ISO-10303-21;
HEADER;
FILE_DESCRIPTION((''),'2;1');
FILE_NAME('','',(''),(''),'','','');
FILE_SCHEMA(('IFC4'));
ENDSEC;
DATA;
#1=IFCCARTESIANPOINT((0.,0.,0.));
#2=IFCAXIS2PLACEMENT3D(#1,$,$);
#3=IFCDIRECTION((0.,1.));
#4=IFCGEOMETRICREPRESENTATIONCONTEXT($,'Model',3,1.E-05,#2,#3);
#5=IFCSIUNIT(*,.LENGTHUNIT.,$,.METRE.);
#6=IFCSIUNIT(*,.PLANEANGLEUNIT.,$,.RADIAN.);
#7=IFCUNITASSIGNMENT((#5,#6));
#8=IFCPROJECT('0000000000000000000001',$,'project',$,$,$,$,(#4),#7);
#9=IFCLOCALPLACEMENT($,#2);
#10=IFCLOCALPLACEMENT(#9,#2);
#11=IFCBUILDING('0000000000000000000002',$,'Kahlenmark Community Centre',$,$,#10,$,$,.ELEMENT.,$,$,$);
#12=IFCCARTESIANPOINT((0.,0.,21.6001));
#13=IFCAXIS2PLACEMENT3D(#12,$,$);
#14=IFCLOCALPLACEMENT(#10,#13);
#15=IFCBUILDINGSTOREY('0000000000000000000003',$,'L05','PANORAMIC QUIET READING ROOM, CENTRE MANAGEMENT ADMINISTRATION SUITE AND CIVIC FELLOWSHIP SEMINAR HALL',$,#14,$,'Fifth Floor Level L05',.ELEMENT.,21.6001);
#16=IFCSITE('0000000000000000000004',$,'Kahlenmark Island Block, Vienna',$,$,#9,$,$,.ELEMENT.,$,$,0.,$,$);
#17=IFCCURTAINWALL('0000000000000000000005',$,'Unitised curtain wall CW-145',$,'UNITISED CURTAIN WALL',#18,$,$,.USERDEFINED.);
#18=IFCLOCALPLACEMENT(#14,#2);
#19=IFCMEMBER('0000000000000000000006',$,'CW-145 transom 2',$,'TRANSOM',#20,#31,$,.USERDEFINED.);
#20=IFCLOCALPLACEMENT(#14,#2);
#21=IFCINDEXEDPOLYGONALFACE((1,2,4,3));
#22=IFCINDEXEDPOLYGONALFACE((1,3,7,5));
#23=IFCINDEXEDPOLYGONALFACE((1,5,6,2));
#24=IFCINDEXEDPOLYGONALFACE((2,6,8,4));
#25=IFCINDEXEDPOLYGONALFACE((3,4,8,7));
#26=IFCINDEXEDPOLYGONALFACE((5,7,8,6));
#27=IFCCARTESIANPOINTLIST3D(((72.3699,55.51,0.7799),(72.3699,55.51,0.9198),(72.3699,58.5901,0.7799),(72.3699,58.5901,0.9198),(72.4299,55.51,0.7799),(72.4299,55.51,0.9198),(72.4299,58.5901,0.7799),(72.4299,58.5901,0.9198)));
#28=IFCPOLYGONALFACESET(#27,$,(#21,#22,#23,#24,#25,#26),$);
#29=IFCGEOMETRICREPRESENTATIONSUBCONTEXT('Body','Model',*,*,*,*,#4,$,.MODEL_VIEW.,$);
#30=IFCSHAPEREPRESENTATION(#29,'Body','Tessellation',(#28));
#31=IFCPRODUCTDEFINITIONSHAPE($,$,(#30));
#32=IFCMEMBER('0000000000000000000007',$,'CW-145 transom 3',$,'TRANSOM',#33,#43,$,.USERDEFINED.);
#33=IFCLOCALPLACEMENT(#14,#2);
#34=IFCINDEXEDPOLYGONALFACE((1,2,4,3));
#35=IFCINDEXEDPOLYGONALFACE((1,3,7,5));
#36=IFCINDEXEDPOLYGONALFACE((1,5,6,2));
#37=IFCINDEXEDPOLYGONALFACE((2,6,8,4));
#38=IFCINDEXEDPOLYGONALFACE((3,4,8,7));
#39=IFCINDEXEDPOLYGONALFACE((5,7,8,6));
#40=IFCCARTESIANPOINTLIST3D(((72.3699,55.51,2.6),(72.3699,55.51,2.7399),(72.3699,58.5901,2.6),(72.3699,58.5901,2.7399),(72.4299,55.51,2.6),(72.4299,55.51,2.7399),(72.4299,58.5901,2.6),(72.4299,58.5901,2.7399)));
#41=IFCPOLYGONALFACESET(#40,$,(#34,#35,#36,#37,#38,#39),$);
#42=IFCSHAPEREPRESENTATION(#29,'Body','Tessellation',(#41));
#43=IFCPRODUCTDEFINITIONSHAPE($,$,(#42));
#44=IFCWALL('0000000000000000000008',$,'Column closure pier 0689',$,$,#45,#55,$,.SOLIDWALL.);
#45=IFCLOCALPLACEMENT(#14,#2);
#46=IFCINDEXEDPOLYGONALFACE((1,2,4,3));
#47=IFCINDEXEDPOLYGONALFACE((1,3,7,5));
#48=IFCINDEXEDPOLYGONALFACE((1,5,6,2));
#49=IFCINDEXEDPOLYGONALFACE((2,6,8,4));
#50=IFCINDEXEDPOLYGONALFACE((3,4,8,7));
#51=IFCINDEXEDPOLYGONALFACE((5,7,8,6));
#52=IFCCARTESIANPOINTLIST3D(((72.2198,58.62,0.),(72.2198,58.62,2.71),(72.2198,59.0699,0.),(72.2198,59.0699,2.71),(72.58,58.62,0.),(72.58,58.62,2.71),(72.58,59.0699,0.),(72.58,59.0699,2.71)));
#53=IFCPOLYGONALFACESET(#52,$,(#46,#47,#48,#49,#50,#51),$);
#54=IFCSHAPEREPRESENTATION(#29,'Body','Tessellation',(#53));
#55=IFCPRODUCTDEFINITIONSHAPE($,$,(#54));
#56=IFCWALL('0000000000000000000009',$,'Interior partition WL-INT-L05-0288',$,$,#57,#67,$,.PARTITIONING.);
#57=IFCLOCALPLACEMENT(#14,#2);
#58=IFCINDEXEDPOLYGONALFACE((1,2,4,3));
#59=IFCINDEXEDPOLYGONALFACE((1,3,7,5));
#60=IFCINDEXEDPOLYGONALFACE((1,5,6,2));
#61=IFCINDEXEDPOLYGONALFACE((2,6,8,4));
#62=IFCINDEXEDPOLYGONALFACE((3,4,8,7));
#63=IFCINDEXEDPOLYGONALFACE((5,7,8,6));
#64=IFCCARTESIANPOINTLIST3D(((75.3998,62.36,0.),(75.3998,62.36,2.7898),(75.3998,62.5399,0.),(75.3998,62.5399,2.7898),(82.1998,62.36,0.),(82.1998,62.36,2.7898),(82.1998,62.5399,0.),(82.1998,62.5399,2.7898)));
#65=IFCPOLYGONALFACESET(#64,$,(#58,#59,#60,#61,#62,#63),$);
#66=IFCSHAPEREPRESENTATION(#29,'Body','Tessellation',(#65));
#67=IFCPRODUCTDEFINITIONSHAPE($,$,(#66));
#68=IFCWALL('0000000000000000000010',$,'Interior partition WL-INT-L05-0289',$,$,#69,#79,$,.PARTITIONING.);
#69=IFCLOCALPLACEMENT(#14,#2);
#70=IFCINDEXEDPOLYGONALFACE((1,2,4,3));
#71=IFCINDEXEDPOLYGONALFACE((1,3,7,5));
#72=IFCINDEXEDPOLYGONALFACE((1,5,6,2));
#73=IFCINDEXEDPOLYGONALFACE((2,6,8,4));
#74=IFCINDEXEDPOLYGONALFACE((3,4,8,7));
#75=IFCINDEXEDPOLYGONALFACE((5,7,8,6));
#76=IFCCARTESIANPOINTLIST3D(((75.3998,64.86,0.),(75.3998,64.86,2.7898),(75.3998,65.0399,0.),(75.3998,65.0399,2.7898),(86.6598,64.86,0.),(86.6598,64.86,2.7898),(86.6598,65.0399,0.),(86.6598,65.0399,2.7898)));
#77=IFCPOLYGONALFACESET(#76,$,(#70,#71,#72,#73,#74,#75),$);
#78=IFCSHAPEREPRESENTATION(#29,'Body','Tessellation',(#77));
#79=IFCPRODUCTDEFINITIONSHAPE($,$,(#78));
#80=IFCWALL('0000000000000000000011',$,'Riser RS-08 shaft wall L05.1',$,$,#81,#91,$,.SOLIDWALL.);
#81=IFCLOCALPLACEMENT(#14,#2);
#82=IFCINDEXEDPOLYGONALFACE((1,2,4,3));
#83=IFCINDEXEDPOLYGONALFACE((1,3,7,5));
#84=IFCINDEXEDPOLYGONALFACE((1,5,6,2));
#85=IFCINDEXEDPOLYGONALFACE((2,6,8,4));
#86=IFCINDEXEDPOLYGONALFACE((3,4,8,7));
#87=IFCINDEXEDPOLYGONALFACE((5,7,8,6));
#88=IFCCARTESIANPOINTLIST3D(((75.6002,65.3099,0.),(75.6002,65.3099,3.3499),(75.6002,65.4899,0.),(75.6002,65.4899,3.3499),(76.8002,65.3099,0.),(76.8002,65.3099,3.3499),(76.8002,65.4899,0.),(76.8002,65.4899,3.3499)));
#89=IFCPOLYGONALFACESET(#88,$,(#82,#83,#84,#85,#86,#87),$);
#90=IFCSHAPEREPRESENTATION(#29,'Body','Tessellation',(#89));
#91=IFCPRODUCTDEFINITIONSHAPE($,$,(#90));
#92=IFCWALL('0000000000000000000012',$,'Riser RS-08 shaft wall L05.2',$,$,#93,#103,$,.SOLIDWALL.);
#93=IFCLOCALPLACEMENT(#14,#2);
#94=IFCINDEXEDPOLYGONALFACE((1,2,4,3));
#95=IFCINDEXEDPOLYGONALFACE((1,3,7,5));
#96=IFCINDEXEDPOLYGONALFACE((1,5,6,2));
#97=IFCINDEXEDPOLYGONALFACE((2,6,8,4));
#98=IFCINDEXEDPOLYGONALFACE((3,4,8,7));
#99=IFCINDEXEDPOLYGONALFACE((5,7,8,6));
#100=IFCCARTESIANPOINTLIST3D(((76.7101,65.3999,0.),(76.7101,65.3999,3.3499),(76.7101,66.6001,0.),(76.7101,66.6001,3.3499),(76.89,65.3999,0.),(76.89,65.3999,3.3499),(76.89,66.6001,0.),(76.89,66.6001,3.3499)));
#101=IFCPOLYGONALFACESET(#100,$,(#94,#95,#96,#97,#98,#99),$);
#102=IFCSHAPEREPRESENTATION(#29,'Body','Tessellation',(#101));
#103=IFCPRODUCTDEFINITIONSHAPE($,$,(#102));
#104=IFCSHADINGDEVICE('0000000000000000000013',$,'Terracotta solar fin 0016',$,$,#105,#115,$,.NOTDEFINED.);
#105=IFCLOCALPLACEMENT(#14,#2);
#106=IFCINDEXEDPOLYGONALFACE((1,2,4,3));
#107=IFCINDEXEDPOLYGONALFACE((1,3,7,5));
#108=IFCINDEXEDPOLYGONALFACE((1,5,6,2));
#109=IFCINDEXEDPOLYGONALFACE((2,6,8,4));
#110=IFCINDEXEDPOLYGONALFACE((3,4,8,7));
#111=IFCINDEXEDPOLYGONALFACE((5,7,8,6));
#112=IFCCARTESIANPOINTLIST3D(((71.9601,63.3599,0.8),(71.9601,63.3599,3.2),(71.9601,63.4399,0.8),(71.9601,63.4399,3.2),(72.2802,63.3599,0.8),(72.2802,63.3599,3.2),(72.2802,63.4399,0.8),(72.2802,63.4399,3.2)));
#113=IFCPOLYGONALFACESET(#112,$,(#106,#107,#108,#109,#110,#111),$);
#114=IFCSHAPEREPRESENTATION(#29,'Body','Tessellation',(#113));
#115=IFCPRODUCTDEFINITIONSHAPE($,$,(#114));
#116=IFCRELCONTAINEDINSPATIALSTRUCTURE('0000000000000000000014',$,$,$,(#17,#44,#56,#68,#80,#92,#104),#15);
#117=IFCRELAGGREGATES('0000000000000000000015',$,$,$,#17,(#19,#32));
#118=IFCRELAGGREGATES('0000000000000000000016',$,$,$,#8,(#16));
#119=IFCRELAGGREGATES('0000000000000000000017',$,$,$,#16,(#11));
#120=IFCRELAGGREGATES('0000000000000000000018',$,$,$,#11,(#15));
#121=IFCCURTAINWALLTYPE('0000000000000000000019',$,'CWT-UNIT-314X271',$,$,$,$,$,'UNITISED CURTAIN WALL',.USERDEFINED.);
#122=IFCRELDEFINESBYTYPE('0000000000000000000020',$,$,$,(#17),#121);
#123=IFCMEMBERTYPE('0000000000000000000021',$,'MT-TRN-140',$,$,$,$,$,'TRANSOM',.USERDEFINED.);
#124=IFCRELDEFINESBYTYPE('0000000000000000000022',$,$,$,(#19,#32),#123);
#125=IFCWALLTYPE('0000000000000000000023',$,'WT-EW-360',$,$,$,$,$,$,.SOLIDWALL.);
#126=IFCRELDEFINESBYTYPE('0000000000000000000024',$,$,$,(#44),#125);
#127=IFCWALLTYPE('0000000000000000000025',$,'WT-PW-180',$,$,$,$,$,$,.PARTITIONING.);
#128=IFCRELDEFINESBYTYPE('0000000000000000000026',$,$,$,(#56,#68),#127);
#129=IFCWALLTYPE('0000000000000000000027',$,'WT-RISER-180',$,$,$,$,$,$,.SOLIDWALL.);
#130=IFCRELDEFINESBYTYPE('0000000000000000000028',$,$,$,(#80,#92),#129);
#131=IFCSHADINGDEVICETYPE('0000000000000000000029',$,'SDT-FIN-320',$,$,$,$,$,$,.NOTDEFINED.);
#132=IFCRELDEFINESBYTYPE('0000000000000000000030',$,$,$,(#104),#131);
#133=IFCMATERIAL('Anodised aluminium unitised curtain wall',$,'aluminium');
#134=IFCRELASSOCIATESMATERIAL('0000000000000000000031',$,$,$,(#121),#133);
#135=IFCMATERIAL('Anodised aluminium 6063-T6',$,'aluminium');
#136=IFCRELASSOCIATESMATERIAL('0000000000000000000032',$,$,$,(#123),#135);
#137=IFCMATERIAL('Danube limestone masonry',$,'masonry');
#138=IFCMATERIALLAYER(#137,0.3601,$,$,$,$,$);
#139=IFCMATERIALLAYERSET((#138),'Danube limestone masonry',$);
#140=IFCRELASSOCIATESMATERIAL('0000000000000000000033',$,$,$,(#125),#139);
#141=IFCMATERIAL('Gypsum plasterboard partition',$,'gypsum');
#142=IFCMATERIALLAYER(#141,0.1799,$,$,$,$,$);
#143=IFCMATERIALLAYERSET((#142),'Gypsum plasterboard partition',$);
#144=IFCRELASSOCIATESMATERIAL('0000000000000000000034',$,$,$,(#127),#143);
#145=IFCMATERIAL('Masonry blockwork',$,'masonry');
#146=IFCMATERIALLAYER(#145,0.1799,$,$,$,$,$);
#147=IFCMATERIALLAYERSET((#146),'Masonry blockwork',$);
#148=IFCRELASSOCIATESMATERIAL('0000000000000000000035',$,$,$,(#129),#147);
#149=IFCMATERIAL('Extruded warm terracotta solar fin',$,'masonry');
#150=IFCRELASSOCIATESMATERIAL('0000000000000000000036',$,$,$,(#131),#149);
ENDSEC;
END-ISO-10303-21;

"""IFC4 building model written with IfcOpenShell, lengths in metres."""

from ifc_helpers import new_model, si_unit, direction, frame, frame_2d, origin, origin_2d, place, context, subcontext, project, spatial, rectangle, extrude, material, layer, layer_set, material_profile, profile_set, type_object, element, aggregate, save


model = new_model("IFC4")

# Units and contexts
model_context = context("Model", 3, precision=1e-05, world=origin(), true_north=direction((0.0, 1.0)))
body_context = subcontext(model_context, "Body", "Model", "MODEL_VIEW")
ifc_project = project(units=[si_unit("LENGTHUNIT", "METRE"), si_unit("PLANEANGLEUNIT", "RADIAN")], contexts=[model_context])

# Site, building, storey
site_placement = place(None, origin())
site = spatial("IfcSite", under=ifc_project, at=site_placement, Name="Kahlenmark Island Block, Vienna", CompositionType="ELEMENT", RefElevation=0.0)
building_placement = place(site_placement, origin())
building = spatial("IfcBuilding", under=site, at=building_placement, Name="Kahlenmark Community Centre", CompositionType="ELEMENT")
storey_placement = place(building_placement, frame((0.0, 0.0, 21.6001)))
storey = spatial("IfcBuildingStorey", under=building, at=storey_placement, Name="L05", Description="PANORAMIC QUIET READING ROOM, CENTRE MANAGEMENT ADMINISTRATION SUITE AND CIVIC FELLOWSHIP SEMINAR HALL", LongName="Fifth Floor Level L05", CompositionType="ELEMENT", Elevation=21.6001)

# Curtain wall, members
ifc_material_1 = material(Name="Anodised aluminium unitised curtain wall", Category="aluminium")
curtain_wall_type = type_object("IfcCurtainWallType", Name="CWT-UNIT-314X271", ElementType="UNITISED CURTAIN WALL", PredefinedType="USERDEFINED", material=ifc_material_1)
curtain_wall_placement = place(storey_placement, origin())
curtain_wall = element("IfcCurtainWall", 1, at=curtain_wall_placement, inside=storey, type_object=curtain_wall_type, Name="Unitised curtain wall CW-145", ObjectType="UNITISED CURTAIN WALL", PredefinedType="USERDEFINED")
ifc_material_2 = material(Name="Anodised aluminium 6063-T6", Category="aluminium")
ifc_material_profile_1 = material_profile(ifc_material_2, rectangle(XDim=0.0601, YDim=0.1399, at=origin_2d()), Name="ALU TRANSOM 60x140")
ifc_profile_set_1 = profile_set([ifc_material_profile_1], Name="Anodised aluminium 6063-T6")
member_type = type_object("IfcMemberType", Name="MT-TRN-140", ElementType="TRANSOM", PredefinedType="USERDEFINED", material=ifc_profile_set_1)
member_1_placement = place(storey_placement, frame((72.3999, 58.5901, 0.8499), z_axis=(0.0, -1.0, 0.0), x_axis=(1.0, 0.0, 0.0)))
member_1 = element("IfcMember", 2, at=member_1_placement, type_object=member_type, Name="CW-145 transom 2", ObjectType="TRANSOM", PredefinedType="USERDEFINED", context=body_context, shape_type="SweptSolid", body=[
    extrude(rectangle(XDim=0.0601, YDim=0.1399, at=origin_2d()), origin(), (0.0, 0.0, 1.0), 3.0801),
])
member_2_placement = place(storey_placement, frame((72.3999, 58.5901, 2.6699), z_axis=(0.0, -1.0, 0.0), x_axis=(1.0, 0.0, 0.0)))
member_2 = element("IfcMember", 3, at=member_2_placement, type_object=member_type, Name="CW-145 transom 3", ObjectType="TRANSOM", PredefinedType="USERDEFINED", context=body_context, shape_type="SweptSolid", body=[
    extrude(rectangle(XDim=0.0601, YDim=0.1399, at=origin_2d()), origin(), (0.0, 0.0, 1.0), 3.0801),
])
aggregate(curtain_wall, [member_1, member_2])

# Walls
ifc_material_3 = material(Name="Danube limestone masonry", Category="masonry")
ifc_layer_1 = layer(ifc_material_3, 0.3601)
ifc_layer_set_1 = layer_set([ifc_layer_1], Name="Danube limestone masonry")
wall_type_1 = type_object("IfcWallType", Name="WT-EW-360", PredefinedType="SOLIDWALL", material=ifc_layer_set_1)
wall_1_placement = place(storey_placement, frame((72.3999, 59.0701, 0.0), z_axis=(0.0, 0.0, 1.0), x_axis=(0.0, -1.0, 0.0)))
element("IfcWall", 4, at=wall_1_placement, inside=storey, type_object=wall_type_1, Name="Column closure pier 0689", PredefinedType="SOLIDWALL", context=body_context, shape_type="SweptSolid", body=[
    extrude(rectangle(XDim=0.45, YDim=0.3601, at=frame_2d((0.2251, 0.0))), origin(), (0.0, 0.0, 1.0), 2.71),
])
ifc_material_4 = material(Name="Gypsum plasterboard partition", Category="gypsum")
ifc_layer_2 = layer(ifc_material_4, 0.1799)
ifc_layer_set_2 = layer_set([ifc_layer_2], Name="Gypsum plasterboard partition")
wall_type_2 = type_object("IfcWallType", Name="WT-PW-180", PredefinedType="PARTITIONING", material=ifc_layer_set_2)
wall_2_placement = place(storey_placement, frame((75.3999, 62.45, 0.0), z_axis=(0.0, 0.0, 1.0), x_axis=(1.0, 0.0, 0.0)))
element("IfcWall", 5, at=wall_2_placement, inside=storey, type_object=wall_type_2, Name="Interior partition WL-INT-L05-0288", PredefinedType="PARTITIONING", context=body_context, shape_type="SweptSolid", body=[
    extrude(rectangle(XDim=6.8, YDim=0.1799, at=frame_2d((3.3999, 0.0))), origin(), (0.0, 0.0, 1.0), 2.7898),
])
wall_3_placement = place(storey_placement, frame((75.3999, 64.95, 0.0), z_axis=(0.0, 0.0, 1.0), x_axis=(1.0, 0.0, 0.0)))
element("IfcWall", 6, at=wall_3_placement, inside=storey, type_object=wall_type_2, Name="Interior partition WL-INT-L05-0289", PredefinedType="PARTITIONING", context=body_context, shape_type="SweptSolid", body=[
    extrude(rectangle(XDim=11.26, YDim=0.1799, at=frame_2d((5.6299, 0.0))), origin(), (0.0, 0.0, 1.0), 2.7898),
])
ifc_material_5 = material(Name="Masonry blockwork", Category="masonry")
ifc_layer_3 = layer(ifc_material_5, 0.1799)
ifc_layer_set_3 = layer_set([ifc_layer_3], Name="Masonry blockwork")
wall_type_3 = type_object("IfcWallType", Name="WT-RISER-180", PredefinedType="SOLIDWALL", material=ifc_layer_set_3)
wall_4_placement = place(storey_placement, frame((75.6001, 65.3999, 0.0), z_axis=(0.0, 0.0, 1.0), x_axis=(1.0, 0.0, 0.0)))
element("IfcWall", 7, at=wall_4_placement, inside=storey, type_object=wall_type_3, Name="Riser RS-08 shaft wall L05.1", PredefinedType="SOLIDWALL", context=body_context, shape_type="SweptSolid", body=[
    extrude(rectangle(XDim=1.2, YDim=0.1799, at=frame_2d((0.6001, 0.0))), origin(), (0.0, 0.0, 1.0), 3.3499),
])
wall_5_placement = place(storey_placement, frame((76.8, 65.3999, 0.0), z_axis=(0.0, 0.0, 1.0), x_axis=(0.0, 1.0, 0.0)))
element("IfcWall", 8, at=wall_5_placement, inside=storey, type_object=wall_type_3, Name="Riser RS-08 shaft wall L05.2", PredefinedType="SOLIDWALL", context=body_context, shape_type="SweptSolid", body=[
    extrude(rectangle(XDim=1.2002, YDim=0.1799, at=frame_2d((0.6001, 0.0))), origin(), (0.0, 0.0, 1.0), 3.3499),
])

# Shading device
ifc_material_6 = material(Name="Extruded warm terracotta solar fin", Category="masonry")
shading_device_type = type_object("IfcShadingDeviceType", Name="SDT-FIN-320", PredefinedType="NOTDEFINED", material=ifc_material_6)
shading_device_placement = place(storey_placement, frame((72.1201, 63.3999, 0.8), z_axis=(0.0, 0.0, 1.0), x_axis=(0.0, -1.0, 0.0)))
element("IfcShadingDevice", 9, at=shading_device_placement, inside=storey, type_object=shading_device_type, Name="Terracotta solar fin 0016", PredefinedType="NOTDEFINED", context=body_context, shape_type="SweptSolid", body=[
    extrude(rectangle(XDim=0.0801, YDim=0.3201, at=origin_2d()), origin(), (0.0, 0.0, 1.0), 2.3999),
])

save(model, "model.ifc")
